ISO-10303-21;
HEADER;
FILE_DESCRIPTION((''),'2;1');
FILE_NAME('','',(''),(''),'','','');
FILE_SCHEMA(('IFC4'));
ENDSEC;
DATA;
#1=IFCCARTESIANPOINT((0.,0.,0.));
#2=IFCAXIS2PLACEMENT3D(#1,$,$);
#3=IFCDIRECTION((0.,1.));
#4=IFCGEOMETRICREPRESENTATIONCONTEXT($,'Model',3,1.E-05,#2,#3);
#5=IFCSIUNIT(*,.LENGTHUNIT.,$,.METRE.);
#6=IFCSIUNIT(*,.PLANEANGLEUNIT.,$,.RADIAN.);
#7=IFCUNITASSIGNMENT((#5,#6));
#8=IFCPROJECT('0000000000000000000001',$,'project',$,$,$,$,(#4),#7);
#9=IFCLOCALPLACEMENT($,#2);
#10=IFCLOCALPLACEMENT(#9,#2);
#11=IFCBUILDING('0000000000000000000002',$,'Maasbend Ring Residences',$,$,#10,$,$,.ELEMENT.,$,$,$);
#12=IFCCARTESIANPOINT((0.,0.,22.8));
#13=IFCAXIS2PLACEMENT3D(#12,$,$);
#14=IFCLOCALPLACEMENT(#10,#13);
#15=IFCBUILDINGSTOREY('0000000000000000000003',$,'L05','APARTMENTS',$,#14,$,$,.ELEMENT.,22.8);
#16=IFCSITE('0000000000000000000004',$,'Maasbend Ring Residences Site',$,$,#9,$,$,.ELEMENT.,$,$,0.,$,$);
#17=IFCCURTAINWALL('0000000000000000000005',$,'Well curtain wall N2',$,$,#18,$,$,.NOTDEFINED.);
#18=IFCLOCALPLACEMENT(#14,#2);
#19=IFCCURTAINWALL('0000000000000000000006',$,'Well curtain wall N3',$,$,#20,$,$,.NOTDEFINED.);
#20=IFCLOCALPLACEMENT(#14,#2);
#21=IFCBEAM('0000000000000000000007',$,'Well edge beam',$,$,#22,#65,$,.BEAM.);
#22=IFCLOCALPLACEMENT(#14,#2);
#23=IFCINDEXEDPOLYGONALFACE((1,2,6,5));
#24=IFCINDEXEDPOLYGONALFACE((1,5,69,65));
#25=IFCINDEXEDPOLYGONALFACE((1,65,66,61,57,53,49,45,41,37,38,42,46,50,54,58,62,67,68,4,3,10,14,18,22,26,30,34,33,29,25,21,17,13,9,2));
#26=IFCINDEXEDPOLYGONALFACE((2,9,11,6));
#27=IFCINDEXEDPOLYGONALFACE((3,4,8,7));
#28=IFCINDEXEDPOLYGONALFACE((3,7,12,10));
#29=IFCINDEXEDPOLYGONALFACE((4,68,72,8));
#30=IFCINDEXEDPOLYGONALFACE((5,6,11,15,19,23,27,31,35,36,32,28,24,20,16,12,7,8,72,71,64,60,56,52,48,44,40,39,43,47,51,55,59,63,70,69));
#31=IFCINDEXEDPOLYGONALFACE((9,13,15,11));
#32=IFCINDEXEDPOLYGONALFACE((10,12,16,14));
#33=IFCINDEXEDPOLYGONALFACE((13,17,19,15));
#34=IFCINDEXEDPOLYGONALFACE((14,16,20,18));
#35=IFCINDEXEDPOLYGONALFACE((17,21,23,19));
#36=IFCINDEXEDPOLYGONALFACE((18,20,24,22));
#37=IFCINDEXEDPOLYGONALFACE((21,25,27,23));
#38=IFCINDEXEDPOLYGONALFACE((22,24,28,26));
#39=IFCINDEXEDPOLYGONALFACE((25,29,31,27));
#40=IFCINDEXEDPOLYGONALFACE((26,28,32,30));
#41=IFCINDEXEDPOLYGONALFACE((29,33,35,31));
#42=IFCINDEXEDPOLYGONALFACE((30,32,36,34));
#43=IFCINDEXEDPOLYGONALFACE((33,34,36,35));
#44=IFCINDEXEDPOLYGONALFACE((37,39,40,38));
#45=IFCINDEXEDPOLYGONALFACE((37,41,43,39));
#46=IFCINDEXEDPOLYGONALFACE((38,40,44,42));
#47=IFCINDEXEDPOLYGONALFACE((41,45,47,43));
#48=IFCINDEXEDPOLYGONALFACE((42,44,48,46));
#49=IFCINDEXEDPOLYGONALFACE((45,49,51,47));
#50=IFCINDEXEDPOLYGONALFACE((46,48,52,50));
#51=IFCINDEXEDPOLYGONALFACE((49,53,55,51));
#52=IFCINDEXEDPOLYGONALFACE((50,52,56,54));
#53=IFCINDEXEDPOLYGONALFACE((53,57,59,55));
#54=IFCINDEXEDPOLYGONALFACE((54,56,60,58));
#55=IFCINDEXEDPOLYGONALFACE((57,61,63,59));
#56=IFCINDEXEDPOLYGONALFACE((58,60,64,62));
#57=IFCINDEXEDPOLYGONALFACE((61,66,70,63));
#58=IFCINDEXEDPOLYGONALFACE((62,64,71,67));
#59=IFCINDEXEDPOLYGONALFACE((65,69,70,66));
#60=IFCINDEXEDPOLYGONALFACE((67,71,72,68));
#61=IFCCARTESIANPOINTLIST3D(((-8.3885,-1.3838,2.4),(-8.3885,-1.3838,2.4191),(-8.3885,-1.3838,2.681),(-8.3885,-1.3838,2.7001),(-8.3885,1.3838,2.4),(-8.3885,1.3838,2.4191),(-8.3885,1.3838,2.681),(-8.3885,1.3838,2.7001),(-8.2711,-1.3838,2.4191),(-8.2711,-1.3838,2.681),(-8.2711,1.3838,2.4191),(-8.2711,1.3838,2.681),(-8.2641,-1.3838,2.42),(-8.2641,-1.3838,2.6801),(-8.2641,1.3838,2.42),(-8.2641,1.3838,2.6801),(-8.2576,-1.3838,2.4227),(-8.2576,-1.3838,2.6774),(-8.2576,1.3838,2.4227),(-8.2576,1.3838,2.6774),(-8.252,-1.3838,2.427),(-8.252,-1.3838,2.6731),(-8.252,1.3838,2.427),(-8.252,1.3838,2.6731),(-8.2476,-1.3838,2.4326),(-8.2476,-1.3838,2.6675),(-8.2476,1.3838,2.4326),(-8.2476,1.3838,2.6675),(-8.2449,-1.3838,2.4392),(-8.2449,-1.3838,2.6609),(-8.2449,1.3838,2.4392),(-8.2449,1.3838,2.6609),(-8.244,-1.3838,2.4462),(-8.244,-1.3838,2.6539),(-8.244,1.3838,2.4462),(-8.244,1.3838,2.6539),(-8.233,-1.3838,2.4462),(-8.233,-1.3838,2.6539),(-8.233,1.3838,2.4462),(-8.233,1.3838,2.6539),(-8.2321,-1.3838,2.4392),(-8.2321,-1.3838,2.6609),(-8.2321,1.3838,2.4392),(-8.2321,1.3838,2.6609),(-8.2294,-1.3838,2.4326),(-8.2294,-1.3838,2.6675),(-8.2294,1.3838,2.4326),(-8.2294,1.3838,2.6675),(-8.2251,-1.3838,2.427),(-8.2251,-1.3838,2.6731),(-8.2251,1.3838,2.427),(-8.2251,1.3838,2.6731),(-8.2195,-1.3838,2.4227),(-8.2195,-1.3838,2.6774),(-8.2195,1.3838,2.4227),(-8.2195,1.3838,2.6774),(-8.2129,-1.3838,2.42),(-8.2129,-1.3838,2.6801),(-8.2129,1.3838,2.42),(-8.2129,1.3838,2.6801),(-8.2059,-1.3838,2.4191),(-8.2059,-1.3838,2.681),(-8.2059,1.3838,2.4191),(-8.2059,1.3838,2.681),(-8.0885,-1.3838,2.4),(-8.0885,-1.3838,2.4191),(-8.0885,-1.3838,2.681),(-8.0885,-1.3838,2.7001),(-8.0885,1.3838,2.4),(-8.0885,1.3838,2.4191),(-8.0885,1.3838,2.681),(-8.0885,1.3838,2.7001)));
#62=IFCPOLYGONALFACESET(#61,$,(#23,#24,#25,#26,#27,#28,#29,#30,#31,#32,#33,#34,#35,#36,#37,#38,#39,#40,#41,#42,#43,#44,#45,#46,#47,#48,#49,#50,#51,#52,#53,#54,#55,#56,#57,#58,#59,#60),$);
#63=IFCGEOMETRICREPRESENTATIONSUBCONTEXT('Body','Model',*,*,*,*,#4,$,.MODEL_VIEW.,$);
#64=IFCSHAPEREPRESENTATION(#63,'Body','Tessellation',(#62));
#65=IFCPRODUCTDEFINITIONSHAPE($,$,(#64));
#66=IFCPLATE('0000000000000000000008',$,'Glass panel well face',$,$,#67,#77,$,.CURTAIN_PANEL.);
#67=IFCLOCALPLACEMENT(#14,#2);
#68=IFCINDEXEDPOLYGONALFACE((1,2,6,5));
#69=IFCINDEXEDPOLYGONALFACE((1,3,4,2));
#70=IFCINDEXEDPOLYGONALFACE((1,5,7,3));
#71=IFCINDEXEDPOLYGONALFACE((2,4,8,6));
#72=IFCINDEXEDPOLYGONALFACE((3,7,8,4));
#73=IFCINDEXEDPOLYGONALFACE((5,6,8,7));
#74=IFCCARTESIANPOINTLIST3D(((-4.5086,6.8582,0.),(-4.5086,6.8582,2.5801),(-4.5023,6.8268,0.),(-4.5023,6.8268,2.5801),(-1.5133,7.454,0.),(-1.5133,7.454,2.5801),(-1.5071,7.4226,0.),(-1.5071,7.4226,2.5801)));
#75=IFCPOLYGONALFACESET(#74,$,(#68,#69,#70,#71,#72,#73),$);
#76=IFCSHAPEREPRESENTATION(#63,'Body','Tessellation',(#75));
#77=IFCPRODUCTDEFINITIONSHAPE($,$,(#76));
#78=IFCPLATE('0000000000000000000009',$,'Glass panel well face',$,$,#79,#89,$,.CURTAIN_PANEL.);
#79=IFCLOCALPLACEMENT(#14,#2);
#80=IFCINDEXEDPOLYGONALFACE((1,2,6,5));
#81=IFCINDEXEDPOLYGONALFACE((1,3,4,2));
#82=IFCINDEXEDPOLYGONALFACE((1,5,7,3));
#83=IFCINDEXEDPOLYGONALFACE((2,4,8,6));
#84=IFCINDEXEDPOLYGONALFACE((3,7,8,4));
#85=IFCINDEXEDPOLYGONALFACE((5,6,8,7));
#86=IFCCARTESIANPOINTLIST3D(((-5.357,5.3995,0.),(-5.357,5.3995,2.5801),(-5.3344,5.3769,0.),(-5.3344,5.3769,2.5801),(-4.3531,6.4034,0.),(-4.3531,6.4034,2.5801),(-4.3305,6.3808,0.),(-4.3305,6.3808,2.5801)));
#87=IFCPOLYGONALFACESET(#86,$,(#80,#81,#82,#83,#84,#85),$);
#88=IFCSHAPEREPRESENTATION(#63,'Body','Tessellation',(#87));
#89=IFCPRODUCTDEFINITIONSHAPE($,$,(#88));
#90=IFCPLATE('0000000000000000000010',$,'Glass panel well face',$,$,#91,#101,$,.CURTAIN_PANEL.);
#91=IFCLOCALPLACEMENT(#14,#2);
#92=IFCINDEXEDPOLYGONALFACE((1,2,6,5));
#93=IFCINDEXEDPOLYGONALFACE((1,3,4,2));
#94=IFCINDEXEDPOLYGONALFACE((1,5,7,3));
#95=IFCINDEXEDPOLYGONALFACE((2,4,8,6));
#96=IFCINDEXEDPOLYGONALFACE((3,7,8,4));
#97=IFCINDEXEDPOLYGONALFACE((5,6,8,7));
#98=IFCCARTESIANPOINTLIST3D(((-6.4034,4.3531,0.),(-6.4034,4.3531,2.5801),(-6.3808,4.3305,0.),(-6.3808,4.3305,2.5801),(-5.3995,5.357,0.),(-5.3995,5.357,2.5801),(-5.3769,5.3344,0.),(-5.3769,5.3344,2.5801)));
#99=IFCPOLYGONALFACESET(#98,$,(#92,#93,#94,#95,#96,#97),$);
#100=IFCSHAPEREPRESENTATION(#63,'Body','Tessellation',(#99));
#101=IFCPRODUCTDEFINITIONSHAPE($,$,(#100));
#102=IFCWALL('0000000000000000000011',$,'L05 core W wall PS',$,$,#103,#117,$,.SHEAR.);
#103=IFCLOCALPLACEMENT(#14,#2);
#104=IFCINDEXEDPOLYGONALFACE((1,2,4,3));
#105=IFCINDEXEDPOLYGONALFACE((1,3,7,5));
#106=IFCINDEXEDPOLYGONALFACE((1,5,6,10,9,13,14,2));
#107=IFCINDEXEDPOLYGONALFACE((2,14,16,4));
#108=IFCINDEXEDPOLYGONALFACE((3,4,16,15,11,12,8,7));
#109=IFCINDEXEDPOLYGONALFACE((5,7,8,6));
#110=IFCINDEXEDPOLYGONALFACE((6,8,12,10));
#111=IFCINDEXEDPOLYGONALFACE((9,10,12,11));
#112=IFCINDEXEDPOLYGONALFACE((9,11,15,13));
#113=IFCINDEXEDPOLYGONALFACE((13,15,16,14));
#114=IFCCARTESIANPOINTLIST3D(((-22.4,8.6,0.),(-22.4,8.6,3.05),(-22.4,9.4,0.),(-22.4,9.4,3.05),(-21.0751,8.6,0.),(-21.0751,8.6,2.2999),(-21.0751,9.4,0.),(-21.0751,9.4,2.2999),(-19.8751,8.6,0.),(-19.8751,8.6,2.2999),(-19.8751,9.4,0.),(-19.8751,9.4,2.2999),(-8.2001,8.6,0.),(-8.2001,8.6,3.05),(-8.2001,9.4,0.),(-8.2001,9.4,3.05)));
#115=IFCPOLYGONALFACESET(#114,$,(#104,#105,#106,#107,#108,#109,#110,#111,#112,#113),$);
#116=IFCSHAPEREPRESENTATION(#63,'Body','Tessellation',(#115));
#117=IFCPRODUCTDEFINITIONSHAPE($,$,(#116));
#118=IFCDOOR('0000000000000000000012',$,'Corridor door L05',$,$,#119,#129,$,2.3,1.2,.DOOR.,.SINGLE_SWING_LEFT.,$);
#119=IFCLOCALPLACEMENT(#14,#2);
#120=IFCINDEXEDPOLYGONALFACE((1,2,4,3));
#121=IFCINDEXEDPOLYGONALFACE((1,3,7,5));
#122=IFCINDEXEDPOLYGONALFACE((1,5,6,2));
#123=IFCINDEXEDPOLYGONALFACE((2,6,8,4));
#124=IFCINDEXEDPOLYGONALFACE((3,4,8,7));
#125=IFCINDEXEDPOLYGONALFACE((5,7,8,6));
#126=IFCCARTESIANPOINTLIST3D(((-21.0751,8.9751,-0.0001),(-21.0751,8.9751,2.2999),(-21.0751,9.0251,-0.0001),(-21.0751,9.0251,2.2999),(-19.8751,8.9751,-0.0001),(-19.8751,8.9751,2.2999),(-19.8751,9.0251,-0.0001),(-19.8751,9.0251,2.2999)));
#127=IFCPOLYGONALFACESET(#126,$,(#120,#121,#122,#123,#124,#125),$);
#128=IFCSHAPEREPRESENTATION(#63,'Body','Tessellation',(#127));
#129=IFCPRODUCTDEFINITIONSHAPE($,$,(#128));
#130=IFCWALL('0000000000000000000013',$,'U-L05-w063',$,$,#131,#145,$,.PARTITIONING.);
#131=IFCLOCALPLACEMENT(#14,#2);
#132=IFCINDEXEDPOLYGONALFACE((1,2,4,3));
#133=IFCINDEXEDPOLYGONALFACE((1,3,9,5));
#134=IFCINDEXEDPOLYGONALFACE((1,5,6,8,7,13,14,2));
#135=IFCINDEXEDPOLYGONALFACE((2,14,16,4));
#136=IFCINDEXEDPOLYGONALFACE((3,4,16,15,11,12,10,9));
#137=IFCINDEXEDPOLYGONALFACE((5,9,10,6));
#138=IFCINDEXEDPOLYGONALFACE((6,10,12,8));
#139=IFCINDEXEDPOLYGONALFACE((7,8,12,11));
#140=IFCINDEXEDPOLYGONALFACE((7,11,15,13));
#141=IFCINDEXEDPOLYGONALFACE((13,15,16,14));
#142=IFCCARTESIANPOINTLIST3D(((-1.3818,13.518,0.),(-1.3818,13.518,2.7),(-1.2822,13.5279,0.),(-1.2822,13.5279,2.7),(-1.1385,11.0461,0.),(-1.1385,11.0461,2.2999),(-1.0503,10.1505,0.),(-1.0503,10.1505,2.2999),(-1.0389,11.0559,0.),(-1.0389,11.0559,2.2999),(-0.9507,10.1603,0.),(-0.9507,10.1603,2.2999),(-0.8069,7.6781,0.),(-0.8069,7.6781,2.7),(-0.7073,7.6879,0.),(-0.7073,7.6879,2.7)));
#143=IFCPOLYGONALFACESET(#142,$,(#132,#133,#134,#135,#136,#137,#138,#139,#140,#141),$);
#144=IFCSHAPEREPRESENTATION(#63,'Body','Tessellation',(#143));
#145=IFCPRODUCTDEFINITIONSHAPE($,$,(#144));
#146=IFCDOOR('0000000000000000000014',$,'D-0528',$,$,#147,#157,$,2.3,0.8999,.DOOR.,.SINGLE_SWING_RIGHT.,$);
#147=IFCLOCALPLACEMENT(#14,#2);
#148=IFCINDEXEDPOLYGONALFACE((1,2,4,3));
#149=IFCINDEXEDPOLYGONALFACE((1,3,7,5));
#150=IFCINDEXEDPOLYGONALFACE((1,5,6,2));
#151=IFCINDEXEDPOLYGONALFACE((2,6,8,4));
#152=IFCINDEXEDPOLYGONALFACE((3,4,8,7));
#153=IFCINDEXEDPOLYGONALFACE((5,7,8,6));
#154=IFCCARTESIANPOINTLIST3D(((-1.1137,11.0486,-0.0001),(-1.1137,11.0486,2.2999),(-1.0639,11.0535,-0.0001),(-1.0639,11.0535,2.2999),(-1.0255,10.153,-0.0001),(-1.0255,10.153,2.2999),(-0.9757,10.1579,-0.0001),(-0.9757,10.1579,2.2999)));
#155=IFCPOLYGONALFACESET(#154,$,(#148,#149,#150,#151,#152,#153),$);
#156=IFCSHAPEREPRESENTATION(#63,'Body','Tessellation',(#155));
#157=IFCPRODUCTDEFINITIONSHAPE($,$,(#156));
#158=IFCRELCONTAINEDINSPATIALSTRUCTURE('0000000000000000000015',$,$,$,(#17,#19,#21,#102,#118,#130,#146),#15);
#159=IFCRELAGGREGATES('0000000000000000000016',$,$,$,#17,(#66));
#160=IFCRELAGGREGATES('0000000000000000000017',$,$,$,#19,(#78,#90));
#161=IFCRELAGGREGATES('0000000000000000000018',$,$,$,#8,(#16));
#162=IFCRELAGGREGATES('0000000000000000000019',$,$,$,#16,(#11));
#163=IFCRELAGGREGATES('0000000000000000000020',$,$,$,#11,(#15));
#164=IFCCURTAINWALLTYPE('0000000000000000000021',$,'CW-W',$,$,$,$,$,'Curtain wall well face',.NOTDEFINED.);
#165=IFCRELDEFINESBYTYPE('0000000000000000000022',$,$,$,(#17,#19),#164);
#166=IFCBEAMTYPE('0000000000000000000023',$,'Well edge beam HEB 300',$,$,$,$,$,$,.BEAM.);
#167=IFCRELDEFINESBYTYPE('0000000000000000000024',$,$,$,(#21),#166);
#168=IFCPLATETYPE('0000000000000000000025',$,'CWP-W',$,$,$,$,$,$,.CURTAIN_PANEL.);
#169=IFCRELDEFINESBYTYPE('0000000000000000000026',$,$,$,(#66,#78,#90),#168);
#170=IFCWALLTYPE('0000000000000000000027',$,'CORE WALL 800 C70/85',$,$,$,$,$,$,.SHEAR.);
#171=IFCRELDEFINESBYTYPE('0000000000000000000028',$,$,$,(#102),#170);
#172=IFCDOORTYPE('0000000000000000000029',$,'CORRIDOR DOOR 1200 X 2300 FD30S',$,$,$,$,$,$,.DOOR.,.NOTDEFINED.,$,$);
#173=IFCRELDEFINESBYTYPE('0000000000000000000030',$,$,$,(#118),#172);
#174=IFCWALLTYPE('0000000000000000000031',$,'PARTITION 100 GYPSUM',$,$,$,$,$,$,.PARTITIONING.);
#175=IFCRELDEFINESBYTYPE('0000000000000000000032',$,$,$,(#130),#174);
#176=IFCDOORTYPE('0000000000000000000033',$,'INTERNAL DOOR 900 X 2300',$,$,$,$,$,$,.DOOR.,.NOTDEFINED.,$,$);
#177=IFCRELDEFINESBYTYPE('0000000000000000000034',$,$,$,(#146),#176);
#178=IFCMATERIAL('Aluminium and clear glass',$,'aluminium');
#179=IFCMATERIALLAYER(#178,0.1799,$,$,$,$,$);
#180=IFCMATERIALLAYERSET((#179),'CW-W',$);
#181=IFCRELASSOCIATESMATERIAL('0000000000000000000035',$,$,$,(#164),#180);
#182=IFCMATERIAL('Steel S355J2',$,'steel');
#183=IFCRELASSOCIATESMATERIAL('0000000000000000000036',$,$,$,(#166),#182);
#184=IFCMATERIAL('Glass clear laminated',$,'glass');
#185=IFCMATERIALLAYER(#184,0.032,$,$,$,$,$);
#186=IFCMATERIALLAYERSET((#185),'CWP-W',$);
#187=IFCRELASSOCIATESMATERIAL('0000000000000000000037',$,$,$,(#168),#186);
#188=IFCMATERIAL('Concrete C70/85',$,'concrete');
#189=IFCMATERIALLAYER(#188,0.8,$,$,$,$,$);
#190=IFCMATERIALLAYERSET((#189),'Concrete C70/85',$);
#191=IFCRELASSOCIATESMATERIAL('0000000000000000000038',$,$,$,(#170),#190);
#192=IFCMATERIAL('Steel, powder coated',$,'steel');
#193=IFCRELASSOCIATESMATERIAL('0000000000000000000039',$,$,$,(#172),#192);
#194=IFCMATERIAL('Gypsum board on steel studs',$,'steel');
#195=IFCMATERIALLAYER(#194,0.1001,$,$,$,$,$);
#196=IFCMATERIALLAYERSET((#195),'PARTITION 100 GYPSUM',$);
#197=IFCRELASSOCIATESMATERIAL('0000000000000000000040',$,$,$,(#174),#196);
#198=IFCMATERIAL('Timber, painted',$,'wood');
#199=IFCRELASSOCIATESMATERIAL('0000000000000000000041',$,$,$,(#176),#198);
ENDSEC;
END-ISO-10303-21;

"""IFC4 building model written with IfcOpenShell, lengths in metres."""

from ifc_helpers import new_model, si_unit, direction, frame, frame_2d, origin, origin_2d, place, context, subcontext, project, spatial, rectangle, i_section, extrude, material, layer, layer_set, material_profile, profile_set, type_object, element, fill, aggregate, save


model = new_model("IFC4")

# Units and contexts
model_context = context("Model", 3, precision=1e-05, world=origin(), true_north=direction((0.0, 1.0)))
body_context = subcontext(model_context, "Body", "Model", "MODEL_VIEW")
ifc_project = project(units=[si_unit("LENGTHUNIT", "METRE"), si_unit("PLANEANGLEUNIT", "RADIAN")], contexts=[model_context])

# Site, building, storey
site_placement = place(None, origin())
site = spatial("IfcSite", under=ifc_project, at=site_placement, Name="Maasbend Ring Residences Site", CompositionType="ELEMENT", RefElevation=0.0)
building_placement = place(site_placement, origin())
building = spatial("IfcBuilding", under=site, at=building_placement, Name="Maasbend Ring Residences", CompositionType="ELEMENT")
storey_placement = place(building_placement, frame((0.0, 0.0, 22.8)))
storey = spatial("IfcBuildingStorey", under=building, at=storey_placement, Name="L05", Description="APARTMENTS", CompositionType="ELEMENT", Elevation=22.8)

# Curtain walls
ifc_material_1 = material(Name="Aluminium and clear glass", Category="aluminium")
ifc_layer_1 = layer(ifc_material_1, 0.1799)
ifc_layer_set_1 = layer_set([ifc_layer_1], Name="CW-W")
curtain_wall_type = type_object("IfcCurtainWallType", Name="CW-W", ElementType="Curtain wall well face", PredefinedType="NOTDEFINED", material=ifc_layer_set_1)
curtain_wall_1_placement = place(storey_placement, origin())
curtain_wall_1 = element("IfcCurtainWall", 1, at=curtain_wall_1_placement, inside=storey, type_object=curtain_wall_type, Name="Well curtain wall N2", PredefinedType="NOTDEFINED")
curtain_wall_2_placement = place(storey_placement, origin())
curtain_wall_2 = element("IfcCurtainWall", 2, at=curtain_wall_2_placement, inside=storey, type_object=curtain_wall_type, Name="Well curtain wall N3", PredefinedType="NOTDEFINED")

# Beam
ifc_material_2 = material(Name="Steel S355J2", Category="steel")
ifc_material_profile_1 = material_profile(ifc_material_2, i_section(OverallWidth=0.3, OverallDepth=0.3, WebThickness=0.011, FlangeThickness=0.019, FilletRadius=0.0271, at=origin_2d()), Name="HEB 300")
ifc_profile_set_1 = profile_set([ifc_material_profile_1], Name="Steel S355J2")
beam_type = type_object("IfcBeamType", Name="Well edge beam HEB 300", PredefinedType="BEAM", material=ifc_profile_set_1)
beam_1_placement = place(storey_placement, frame((-8.2385, 1.3838, 2.55), z_axis=(0.0, -1.0, 0.0), x_axis=(1.0, 0.0, 0.0)))
element("IfcBeam", 3, at=beam_1_placement, inside=storey, type_object=beam_type, Name="Well edge beam", PredefinedType="BEAM", context=body_context, shape_type="SweptSolid", body=[
    extrude(i_section(OverallWidth=0.3, OverallDepth=0.3, WebThickness=0.011, FlangeThickness=0.019, FilletRadius=0.0271, at=origin_2d()), origin(), (0.0, 0.0, 1.0), 2.7676),
])

# Plates
ifc_material_3 = material(Name="Glass clear laminated", Category="glass")
ifc_layer_2 = layer(ifc_material_3, 0.032)
ifc_layer_set_2 = layer_set([ifc_layer_2], Name="CWP-W")
plate_type = type_object("IfcPlateType", Name="CWP-W", PredefinedType="CURTAIN_PANEL", material=ifc_layer_set_2)
plate_1_placement = place(storey_placement, frame((-3.0078, 7.1404, 0.0), z_axis=(0.0, 0.0, 1.0), x_axis=(-0.980785, -0.19509, 0.0)))
plate_1 = element("IfcPlate", 4, at=plate_1_placement, type_object=plate_type, Name="Glass panel well face", PredefinedType="CURTAIN_PANEL", context=body_context, shape_type="SweptSolid", body=[
    extrude(rectangle(XDim=3.054, YDim=0.032, at=origin_2d()), origin(), (0.0, 0.0, 1.0), 2.5801),
])
aggregate(curtain_wall_1, [plate_1])
plate_2_placement = place(storey_placement, frame((-4.8438, 5.8901, 0.0), z_axis=(0.0, 0.0, 1.0), x_axis=(-0.707107, -0.707107, 0.0)))
plate_2 = element("IfcPlate", 5, at=plate_2_placement, type_object=plate_type, Name="Glass panel well face", PredefinedType="CURTAIN_PANEL", context=body_context, shape_type="SweptSolid", body=[
    extrude(rectangle(XDim=1.4197, YDim=0.032, at=origin_2d()), origin(), (0.0, 0.0, 1.0), 2.5801),
])
plate_3_placement = place(storey_placement, frame((-5.8901, 4.8438, 0.0), z_axis=(0.0, 0.0, 1.0), x_axis=(-0.707107, -0.707107, 0.0)))
plate_3 = element("IfcPlate", 6, at=plate_3_placement, type_object=plate_type, Name="Glass panel well face", PredefinedType="CURTAIN_PANEL", context=body_context, shape_type="SweptSolid", body=[
    extrude(rectangle(XDim=1.4197, YDim=0.032, at=origin_2d()), origin(), (0.0, 0.0, 1.0), 2.5801),
])
aggregate(curtain_wall_2, [plate_2, plate_3])

# Walls, openings, doors
ifc_material_4 = material(Name="Concrete C70/85", Category="concrete")
ifc_layer_3 = layer(ifc_material_4, 0.8)
ifc_layer_set_3 = layer_set([ifc_layer_3], Name="Concrete C70/85")
wall_type_1 = type_object("IfcWallType", Name="CORE WALL 800 C70/85", PredefinedType="SHEAR", material=ifc_layer_set_3)
wall_1_placement = place(storey_placement, frame((-8.2, 9.0, 0.0), z_axis=(0.0, 0.0, 1.0), x_axis=(-1.0, 0.0, 0.0)))
wall_1 = element("IfcWall", 7, at=wall_1_placement, inside=storey, type_object=wall_type_1, Name="L05 core W wall PS", PredefinedType="SHEAR", context=body_context, shape_type="SweptSolid", body=[
    extrude(rectangle(XDim=14.2, YDim=0.8, at=frame_2d((7.1001, 0.0))), origin(), (0.0, 0.0, 1.0), 3.05),
])
opening_1_placement = place(wall_1_placement, frame((11.675, 0.0, 0.0)))
opening_1 = element("IfcOpeningElement", 8, at=opening_1_placement, cuts=wall_1, PredefinedType="OPENING", context=body_context, shape_type="SweptSolid", body=[
    extrude(rectangle(XDim=1.2, YDim=2.3, at=frame_2d((0.6001, 1.1499))), frame((0.0, 0.4102, 0.0), z_axis=(0.0, -1.0, 0.0), x_axis=(1.0, 0.0, 0.0)), (0.0, 0.0, 1.0), 0.8201),
])
ifc_material_5 = material(Name="Steel, powder coated", Category="steel")
door_type_1 = type_object("IfcDoorType", Name="CORRIDOR DOOR 1200 X 2300 FD30S", OperationType="NOTDEFINED", PredefinedType="DOOR", material=ifc_material_5)
door_1_placement = place(opening_1_placement, origin())
door_1 = element("IfcDoor", 9, at=door_1_placement, inside=storey, type_object=door_type_1, Name="Corridor door L05", OperationType="SINGLE_SWING_LEFT", OverallHeight=2.3, OverallWidth=1.2, PredefinedType="DOOR", context=body_context, shape_type="SweptSolid", body=[
    extrude(rectangle(XDim=1.2, YDim=2.3, at=frame_2d((0.6001, 1.1499))), frame((0.0, 0.0249, 0.0), z_axis=(0.0, -1.0, 0.0), x_axis=(1.0, 0.0, 0.0)), (0.0, 0.0, 1.0), 0.05),
])
fill(opening_1, door_1)
ifc_material_6 = material(Name="Gypsum board on steel studs", Category="steel")
ifc_layer_4 = layer(ifc_material_6, 0.1001)
ifc_layer_set_4 = layer_set([ifc_layer_4], Name="PARTITION 100 GYPSUM")
wall_type_2 = type_object("IfcWallType", Name="PARTITION 100 GYPSUM", PredefinedType="PARTITIONING", material=ifc_layer_set_4)
wall_2_placement = place(storey_placement, frame((-1.332, 13.5229, 0.0), z_axis=(0.0, 0.0, 1.0), x_axis=(0.097979, -0.995188, 0.0)))
wall_2 = element("IfcWall", 10, at=wall_2_placement, inside=storey, type_object=wall_type_2, Name="U-L05-w063", PredefinedType="PARTITIONING", context=body_context, shape_type="SweptSolid", body=[
    extrude(rectangle(XDim=5.8682, YDim=0.1001, at=frame_2d((2.9341, 0.0))), origin(), (0.0, 0.0, 1.0), 2.7),
])
opening_2_placement = place(wall_2_placement, frame((2.4839, 0.0, 0.0)))
opening_2 = element("IfcOpeningElement", 11, at=opening_2_placement, cuts=wall_2, PredefinedType="OPENING", context=body_context, shape_type="SweptSolid", body=[
    extrude(rectangle(XDim=0.8999, YDim=2.3, at=frame_2d((0.45, 1.1499))), frame((0.0, 0.0601, 0.0), z_axis=(0.0, -1.0, 0.0), x_axis=(1.0, 0.0, 0.0)), (0.0, 0.0, 1.0), 0.1201),
])
ifc_material_7 = material(Name="Timber, painted", Category="wood")
door_type_2 = type_object("IfcDoorType", Name="INTERNAL DOOR 900 X 2300", OperationType="NOTDEFINED", PredefinedType="DOOR", material=ifc_material_7)
door_2_placement = place(opening_2_placement, origin())
door_2 = element("IfcDoor", 12, at=door_2_placement, inside=storey, type_object=door_type_2, Name="D-0528", OperationType="SINGLE_SWING_RIGHT", OverallHeight=2.3, OverallWidth=0.8999, PredefinedType="DOOR", context=body_context, shape_type="SweptSolid", body=[
    extrude(rectangle(XDim=0.8999, YDim=2.3, at=frame_2d((0.45, 1.1499))), frame((0.0, 0.0249, 0.0), z_axis=(0.0, -1.0, 0.0), x_axis=(1.0, 0.0, 0.0)), (0.0, 0.0, 1.0), 0.05),
])
fill(opening_2, door_2)

save(model, "model.ifc")
